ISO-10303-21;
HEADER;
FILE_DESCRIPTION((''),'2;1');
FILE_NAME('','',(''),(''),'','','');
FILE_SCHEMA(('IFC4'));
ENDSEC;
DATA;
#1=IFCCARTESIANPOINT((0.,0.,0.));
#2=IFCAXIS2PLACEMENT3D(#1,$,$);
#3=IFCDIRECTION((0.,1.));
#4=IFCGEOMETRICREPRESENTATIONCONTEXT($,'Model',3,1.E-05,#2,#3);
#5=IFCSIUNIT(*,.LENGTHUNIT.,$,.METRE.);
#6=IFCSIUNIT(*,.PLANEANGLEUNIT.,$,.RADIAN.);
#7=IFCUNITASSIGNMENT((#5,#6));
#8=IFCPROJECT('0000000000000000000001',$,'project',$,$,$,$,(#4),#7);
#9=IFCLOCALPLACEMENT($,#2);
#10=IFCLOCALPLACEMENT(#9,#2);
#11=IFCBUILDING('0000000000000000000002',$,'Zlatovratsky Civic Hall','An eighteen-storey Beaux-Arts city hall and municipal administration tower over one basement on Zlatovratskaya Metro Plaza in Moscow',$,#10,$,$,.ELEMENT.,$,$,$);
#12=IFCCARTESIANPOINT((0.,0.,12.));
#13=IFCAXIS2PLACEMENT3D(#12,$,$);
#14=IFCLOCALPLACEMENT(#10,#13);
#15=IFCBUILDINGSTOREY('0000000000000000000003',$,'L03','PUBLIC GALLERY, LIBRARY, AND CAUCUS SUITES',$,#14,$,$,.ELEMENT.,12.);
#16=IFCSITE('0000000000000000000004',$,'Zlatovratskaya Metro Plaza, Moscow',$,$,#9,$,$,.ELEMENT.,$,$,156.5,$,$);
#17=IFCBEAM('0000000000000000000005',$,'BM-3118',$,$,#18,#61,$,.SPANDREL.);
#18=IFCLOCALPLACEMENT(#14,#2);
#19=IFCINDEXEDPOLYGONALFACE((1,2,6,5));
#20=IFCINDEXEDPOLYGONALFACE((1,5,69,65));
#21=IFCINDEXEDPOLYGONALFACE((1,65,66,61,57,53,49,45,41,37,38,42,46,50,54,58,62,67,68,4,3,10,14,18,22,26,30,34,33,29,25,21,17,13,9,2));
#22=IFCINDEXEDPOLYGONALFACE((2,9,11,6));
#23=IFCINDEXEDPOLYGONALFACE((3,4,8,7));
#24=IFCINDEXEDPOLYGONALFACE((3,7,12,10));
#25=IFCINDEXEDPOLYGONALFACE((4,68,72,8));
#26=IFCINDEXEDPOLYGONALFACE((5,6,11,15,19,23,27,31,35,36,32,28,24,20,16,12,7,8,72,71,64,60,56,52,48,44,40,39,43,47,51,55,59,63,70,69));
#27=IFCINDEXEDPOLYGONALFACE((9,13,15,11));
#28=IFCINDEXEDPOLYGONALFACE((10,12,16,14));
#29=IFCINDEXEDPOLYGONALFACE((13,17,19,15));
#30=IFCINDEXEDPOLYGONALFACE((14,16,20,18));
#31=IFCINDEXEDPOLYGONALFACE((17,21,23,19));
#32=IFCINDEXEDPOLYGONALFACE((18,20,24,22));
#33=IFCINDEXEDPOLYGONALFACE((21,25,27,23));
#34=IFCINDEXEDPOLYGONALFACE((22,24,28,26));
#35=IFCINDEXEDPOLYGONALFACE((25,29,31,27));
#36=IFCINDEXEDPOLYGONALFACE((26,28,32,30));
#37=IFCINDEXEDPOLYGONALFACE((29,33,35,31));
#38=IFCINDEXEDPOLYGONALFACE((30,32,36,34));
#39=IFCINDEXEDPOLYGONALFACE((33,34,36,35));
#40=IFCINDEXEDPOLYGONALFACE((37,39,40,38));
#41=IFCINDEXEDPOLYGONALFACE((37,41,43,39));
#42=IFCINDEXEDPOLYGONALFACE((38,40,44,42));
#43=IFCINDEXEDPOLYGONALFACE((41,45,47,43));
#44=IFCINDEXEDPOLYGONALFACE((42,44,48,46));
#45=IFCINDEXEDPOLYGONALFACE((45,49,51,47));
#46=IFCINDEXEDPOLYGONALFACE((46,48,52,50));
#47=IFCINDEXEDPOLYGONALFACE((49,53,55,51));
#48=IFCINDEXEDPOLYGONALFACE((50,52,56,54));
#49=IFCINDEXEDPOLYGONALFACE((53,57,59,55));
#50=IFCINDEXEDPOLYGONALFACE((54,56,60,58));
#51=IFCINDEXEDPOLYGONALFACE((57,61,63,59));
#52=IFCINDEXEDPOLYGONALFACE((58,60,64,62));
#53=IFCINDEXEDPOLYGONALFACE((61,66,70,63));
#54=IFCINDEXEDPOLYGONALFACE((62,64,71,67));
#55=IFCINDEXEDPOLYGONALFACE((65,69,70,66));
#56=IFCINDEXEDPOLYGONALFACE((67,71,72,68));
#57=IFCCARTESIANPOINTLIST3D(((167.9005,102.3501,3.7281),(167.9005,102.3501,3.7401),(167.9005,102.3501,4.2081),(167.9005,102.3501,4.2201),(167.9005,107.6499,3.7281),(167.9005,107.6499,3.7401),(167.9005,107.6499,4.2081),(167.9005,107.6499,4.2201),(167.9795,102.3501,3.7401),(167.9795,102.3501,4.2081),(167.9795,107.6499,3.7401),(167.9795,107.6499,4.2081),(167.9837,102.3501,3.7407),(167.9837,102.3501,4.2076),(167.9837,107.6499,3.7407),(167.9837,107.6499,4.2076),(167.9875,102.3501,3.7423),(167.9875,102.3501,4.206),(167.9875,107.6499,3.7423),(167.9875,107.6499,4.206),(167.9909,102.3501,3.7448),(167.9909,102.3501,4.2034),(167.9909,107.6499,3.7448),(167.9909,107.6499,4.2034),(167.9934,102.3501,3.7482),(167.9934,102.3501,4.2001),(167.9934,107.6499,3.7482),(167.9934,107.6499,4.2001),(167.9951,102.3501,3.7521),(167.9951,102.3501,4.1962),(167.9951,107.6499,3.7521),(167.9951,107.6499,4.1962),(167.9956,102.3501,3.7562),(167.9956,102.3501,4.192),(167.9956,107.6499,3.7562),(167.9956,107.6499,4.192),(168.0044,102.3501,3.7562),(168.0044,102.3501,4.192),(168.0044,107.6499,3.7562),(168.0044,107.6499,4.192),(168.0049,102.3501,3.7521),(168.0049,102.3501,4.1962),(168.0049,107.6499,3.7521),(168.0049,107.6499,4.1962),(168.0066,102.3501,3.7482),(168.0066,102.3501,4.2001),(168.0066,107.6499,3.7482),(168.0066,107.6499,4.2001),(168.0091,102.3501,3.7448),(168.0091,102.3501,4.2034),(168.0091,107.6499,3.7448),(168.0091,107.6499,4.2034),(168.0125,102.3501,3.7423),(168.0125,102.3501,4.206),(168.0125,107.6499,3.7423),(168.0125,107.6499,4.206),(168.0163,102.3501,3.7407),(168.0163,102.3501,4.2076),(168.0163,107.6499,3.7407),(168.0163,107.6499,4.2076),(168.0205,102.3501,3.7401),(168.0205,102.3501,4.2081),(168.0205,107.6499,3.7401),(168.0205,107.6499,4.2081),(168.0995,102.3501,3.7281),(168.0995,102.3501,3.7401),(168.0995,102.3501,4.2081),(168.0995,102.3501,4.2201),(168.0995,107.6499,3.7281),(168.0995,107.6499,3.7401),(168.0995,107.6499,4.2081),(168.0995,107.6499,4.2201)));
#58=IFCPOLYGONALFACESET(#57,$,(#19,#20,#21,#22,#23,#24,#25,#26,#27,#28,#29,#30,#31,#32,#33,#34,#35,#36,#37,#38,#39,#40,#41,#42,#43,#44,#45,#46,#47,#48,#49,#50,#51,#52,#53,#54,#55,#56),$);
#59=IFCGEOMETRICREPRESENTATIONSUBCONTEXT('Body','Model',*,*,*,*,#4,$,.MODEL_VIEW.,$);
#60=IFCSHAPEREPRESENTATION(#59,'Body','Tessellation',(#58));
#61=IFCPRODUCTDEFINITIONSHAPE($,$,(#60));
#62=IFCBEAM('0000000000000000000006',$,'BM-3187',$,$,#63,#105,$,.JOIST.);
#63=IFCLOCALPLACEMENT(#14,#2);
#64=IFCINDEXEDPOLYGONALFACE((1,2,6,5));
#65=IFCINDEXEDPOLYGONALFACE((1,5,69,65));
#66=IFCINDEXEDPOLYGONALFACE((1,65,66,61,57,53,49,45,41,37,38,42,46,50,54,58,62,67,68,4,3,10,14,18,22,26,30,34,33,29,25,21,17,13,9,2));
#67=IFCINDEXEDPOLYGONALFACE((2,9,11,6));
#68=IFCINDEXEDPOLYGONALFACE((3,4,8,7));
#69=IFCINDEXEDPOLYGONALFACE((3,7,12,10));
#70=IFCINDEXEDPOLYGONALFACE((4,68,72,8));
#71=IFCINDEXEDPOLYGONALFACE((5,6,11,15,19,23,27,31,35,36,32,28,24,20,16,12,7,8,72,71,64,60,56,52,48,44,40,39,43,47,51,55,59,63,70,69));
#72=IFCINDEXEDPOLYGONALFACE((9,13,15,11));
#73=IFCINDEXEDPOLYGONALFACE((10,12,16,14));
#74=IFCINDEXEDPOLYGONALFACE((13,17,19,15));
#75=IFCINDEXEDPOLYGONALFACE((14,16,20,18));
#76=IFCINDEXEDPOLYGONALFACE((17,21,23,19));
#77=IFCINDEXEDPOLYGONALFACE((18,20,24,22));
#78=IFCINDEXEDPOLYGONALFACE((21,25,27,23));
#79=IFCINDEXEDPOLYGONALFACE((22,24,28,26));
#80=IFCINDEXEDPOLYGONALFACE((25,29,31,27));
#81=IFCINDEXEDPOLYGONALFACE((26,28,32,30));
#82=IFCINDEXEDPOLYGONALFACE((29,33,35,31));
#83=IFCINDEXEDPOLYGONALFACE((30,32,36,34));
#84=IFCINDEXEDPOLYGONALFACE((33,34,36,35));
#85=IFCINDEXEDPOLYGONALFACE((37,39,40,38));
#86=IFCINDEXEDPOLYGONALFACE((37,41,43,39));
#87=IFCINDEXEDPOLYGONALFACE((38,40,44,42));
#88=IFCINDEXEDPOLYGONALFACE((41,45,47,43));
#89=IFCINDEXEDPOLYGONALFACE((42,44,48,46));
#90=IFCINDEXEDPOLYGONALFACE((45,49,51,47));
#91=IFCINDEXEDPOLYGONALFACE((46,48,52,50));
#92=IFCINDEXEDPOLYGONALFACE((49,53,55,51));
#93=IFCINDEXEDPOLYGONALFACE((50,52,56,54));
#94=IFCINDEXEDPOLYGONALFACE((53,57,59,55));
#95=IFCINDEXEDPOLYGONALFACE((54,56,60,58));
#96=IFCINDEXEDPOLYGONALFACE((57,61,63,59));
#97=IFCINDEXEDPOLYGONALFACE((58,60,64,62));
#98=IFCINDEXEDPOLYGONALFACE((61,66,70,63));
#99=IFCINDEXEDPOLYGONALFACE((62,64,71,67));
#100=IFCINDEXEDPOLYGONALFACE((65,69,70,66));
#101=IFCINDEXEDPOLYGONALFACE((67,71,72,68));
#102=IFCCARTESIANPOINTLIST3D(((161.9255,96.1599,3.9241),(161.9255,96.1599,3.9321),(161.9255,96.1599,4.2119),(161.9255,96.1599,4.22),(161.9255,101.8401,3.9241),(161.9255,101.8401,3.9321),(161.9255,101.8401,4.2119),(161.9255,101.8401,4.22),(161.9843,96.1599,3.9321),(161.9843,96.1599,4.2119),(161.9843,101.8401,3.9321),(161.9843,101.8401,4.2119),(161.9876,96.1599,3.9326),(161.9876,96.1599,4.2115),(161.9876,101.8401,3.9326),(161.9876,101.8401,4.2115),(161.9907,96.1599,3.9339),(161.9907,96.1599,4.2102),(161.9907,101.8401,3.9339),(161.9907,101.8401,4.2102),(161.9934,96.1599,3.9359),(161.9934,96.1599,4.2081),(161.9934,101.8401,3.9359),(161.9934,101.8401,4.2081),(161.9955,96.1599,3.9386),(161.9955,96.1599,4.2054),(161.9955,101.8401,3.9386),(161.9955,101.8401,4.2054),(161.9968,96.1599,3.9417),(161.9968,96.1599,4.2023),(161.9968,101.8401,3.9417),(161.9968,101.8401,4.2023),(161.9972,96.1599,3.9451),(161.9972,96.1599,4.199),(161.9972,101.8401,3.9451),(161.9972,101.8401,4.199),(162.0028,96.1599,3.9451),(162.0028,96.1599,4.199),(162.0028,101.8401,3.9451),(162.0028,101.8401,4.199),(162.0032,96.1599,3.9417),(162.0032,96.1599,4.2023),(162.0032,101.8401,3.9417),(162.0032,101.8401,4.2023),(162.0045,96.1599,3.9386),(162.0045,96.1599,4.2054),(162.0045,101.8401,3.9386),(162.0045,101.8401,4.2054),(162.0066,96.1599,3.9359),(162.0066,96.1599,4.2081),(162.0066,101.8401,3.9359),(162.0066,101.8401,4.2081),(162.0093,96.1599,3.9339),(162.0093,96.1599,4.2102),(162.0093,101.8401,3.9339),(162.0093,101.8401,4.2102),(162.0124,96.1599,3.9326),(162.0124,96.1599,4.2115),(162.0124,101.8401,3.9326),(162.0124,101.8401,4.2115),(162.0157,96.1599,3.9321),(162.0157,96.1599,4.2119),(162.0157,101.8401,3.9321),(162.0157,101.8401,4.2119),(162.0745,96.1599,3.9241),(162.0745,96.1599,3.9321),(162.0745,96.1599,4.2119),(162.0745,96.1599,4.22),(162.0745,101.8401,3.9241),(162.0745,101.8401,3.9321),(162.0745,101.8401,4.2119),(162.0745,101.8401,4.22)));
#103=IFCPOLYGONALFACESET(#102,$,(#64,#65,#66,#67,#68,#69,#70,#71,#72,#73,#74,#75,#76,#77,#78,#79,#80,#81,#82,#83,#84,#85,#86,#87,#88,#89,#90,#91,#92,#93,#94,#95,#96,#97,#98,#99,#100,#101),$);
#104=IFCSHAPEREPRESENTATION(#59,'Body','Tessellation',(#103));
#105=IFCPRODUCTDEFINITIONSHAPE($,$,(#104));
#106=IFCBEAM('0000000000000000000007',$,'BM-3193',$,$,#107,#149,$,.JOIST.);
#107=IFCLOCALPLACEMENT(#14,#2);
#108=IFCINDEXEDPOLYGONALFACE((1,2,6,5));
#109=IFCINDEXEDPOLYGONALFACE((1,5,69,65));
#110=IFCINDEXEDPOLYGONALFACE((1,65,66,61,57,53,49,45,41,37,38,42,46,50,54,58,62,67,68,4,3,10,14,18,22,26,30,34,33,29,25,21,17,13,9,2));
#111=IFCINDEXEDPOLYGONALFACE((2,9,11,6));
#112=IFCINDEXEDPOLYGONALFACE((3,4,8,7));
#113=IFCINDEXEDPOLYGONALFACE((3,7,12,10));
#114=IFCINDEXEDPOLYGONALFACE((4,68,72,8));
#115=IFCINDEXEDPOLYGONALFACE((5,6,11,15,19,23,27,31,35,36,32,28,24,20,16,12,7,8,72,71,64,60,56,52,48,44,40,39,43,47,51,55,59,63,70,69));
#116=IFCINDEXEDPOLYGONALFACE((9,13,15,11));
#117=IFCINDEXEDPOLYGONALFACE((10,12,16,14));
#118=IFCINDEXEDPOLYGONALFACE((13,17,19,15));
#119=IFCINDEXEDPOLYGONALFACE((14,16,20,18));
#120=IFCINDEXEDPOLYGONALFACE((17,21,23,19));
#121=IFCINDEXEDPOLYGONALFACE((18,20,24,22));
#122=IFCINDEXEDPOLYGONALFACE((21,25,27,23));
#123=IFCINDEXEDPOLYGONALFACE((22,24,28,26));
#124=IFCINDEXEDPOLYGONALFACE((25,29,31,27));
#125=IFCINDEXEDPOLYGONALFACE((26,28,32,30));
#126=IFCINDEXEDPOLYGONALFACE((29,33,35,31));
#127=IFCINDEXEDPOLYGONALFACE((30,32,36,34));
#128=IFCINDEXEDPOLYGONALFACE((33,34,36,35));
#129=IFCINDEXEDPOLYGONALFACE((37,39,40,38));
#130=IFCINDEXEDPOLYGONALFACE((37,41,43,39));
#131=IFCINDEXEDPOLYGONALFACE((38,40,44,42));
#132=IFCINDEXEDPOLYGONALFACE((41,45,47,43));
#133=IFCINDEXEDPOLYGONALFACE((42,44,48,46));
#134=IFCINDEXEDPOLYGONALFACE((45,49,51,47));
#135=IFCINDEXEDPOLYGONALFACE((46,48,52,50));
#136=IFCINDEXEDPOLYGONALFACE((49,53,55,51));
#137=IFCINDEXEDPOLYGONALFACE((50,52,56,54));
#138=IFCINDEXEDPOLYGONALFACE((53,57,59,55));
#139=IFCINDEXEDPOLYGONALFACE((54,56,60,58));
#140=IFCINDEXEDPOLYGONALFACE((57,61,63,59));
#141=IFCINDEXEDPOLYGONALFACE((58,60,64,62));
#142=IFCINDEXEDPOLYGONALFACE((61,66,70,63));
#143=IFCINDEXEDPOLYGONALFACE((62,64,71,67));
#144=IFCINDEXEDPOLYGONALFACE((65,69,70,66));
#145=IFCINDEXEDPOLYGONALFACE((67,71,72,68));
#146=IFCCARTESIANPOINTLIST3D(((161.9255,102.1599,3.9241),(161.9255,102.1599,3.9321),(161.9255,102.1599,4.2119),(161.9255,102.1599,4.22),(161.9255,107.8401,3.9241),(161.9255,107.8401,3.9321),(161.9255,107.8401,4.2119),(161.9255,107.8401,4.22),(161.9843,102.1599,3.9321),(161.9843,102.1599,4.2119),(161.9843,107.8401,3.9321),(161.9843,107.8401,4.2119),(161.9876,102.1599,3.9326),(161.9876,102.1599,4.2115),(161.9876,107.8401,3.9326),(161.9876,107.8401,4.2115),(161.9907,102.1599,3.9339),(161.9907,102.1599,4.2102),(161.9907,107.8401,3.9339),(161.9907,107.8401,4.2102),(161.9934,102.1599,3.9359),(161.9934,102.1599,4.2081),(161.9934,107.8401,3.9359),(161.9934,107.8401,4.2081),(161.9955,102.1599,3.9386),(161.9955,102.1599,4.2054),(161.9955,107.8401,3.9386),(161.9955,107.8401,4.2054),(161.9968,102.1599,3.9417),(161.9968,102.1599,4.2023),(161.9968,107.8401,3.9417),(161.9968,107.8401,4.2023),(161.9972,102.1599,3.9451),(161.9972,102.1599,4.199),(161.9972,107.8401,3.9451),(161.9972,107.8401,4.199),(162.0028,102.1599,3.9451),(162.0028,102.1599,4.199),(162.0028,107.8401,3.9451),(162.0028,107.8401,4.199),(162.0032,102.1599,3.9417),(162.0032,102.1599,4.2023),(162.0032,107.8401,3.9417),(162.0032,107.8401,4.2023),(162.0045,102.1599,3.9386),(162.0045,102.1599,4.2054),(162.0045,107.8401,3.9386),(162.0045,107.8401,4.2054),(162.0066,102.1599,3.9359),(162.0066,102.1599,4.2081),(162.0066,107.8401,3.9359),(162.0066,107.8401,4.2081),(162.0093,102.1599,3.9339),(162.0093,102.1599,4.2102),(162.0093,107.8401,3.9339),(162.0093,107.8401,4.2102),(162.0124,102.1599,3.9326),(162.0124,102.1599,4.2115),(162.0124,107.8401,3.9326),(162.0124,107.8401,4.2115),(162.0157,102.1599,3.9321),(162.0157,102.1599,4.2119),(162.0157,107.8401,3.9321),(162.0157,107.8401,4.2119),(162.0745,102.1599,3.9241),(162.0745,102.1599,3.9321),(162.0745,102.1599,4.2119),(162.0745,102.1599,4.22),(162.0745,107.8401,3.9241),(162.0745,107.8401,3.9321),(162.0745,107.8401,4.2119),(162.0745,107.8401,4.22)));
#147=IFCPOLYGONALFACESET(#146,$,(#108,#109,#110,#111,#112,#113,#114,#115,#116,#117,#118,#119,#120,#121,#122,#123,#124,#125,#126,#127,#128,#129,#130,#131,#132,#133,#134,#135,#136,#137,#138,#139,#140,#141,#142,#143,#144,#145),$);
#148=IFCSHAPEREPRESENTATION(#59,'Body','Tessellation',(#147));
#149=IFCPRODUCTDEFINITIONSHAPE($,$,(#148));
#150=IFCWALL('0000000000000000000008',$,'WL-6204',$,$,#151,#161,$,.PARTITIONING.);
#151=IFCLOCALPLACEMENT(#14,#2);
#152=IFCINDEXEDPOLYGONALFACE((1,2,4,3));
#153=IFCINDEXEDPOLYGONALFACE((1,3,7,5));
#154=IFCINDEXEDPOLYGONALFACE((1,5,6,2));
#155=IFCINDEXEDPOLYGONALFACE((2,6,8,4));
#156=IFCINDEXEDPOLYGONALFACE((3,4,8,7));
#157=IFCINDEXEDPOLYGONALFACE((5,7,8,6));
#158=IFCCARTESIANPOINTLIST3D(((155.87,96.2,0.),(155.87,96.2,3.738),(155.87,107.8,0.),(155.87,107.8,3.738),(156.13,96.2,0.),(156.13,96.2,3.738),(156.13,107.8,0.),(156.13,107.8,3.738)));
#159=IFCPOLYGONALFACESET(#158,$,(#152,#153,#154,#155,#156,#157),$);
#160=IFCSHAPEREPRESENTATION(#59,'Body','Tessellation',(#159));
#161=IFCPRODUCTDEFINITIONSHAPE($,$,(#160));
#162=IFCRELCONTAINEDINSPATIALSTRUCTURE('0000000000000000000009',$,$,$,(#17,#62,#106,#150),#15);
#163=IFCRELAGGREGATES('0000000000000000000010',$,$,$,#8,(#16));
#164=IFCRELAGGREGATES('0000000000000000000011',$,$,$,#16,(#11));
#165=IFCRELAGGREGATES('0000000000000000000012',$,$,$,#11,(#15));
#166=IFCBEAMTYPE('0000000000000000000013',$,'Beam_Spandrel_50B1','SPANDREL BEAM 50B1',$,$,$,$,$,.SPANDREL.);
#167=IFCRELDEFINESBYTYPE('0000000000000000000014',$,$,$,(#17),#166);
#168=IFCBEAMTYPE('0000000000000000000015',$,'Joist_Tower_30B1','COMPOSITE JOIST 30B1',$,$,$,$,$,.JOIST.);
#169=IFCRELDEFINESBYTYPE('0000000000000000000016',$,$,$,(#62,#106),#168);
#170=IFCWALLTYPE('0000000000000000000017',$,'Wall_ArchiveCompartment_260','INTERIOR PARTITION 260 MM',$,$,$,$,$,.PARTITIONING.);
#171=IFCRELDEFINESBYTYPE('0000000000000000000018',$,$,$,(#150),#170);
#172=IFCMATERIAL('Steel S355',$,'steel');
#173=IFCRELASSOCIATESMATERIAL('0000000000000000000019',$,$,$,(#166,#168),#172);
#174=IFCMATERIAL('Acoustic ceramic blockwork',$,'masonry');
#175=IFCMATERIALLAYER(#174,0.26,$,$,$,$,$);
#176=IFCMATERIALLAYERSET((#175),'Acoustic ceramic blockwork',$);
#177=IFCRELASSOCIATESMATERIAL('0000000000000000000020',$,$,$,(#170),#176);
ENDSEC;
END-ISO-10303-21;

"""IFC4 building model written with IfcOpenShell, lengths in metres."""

from ifc_helpers import new_model, si_unit, direction, frame, frame_2d, origin, origin_2d, place, context, subcontext, project, spatial, rectangle, i_section, extrude, material, layer, layer_set, material_profile, profile_set, type_object, element, save


model = new_model("IFC4")

# Units and contexts
model_context = context("Model", 3, precision=1e-05, world=origin(), true_north=direction((0.0, 1.0)))
body_context = subcontext(model_context, "Body", "Model", "MODEL_VIEW")
ifc_project = project(units=[si_unit("LENGTHUNIT", "METRE"), si_unit("PLANEANGLEUNIT", "RADIAN")], contexts=[model_context])

# Site, building, storey
site_placement = place(None, origin())
site = spatial("IfcSite", under=ifc_project, at=site_placement, Name="Zlatovratskaya Metro Plaza, Moscow", CompositionType="ELEMENT", RefElevation=156.5)
building_placement = place(site_placement, origin())
building = spatial("IfcBuilding", under=site, at=building_placement, Name="Zlatovratsky Civic Hall", Description="An eighteen-storey Beaux-Arts city hall and municipal administration tower over one basement on Zlatovratskaya Metro Plaza in Moscow", CompositionType="ELEMENT")
storey_placement = place(building_placement, frame((0.0, 0.0, 12.0)))
storey = spatial("IfcBuildingStorey", under=building, at=storey_placement, Name="L03", Description="PUBLIC GALLERY, LIBRARY, AND CAUCUS SUITES", CompositionType="ELEMENT", Elevation=12.0)

# Shared definitions
ifc_material_1 = material(Name="Steel S355", Category="steel")

# Beams
ifc_material_profile_1 = material_profile(ifc_material_1, i_section(OverallWidth=0.199, OverallDepth=0.4919, WebThickness=0.0088, FlangeThickness=0.012, FilletRadius=0.0161, at=origin_2d()), Name="50B1")
ifc_profile_set_1 = profile_set([ifc_material_profile_1], Name="Steel S355")
beam_type_1 = type_object("IfcBeamType", Name="Beam_Spandrel_50B1", Description="SPANDREL BEAM 50B1", PredefinedType="SPANDREL", material=ifc_profile_set_1)
for number, where, z_axis, x_axis, name in (
    (1, (168.0, 102.3501, 3.9741), (0.0, 1.0, 0.0), (-1.0, 0.0, 0.0), "BM-3118"),
):
    element("IfcBeam", number, at=place(storey_placement, frame(where, z_axis=z_axis, x_axis=x_axis)), inside=storey, type_object=beam_type_1, Name=name, PredefinedType="SPANDREL", context=body_context, shape_type="SweptSolid", body=[
        extrude(i_section(OverallWidth=0.199, OverallDepth=0.4919, WebThickness=0.0088, FlangeThickness=0.012, FilletRadius=0.0161, at=origin_2d()), origin(), (0.0, 0.0, 1.0), 5.2998),
    ])
ifc_material_profile_2 = material_profile(ifc_material_1, i_section(OverallWidth=0.1489, OverallDepth=0.2959, WebThickness=0.0056, FlangeThickness=0.0081, FilletRadius=0.0129, at=origin_2d()), Name="30B1")
ifc_profile_set_2 = profile_set([ifc_material_profile_2], Name="Steel S355")
beam_type_2 = type_object("IfcBeamType", Name="Joist_Tower_30B1", Description="COMPOSITE JOIST 30B1", PredefinedType="JOIST", material=ifc_profile_set_2)
for number, where, z_axis, x_axis, name in (
    (2, (162.0, 96.1599, 4.072), (0.0, 1.0, 0.0), (-1.0, 0.0, 0.0), "BM-3187"),
    (3, (162.0, 102.1599, 4.072), (0.0, 1.0, 0.0), (-1.0, 0.0, 0.0), "BM-3193"),
):
    element("IfcBeam", number, at=place(storey_placement, frame(where, z_axis=z_axis, x_axis=x_axis)), inside=storey, type_object=beam_type_2, Name=name, PredefinedType="JOIST", context=body_context, shape_type="SweptSolid", body=[
        extrude(i_section(OverallWidth=0.1489, OverallDepth=0.2959, WebThickness=0.0056, FlangeThickness=0.0081, FilletRadius=0.0129, at=origin_2d()), origin(), (0.0, 0.0, 1.0), 5.6802),
    ])

# Wall
ifc_material_2 = material(Name="Acoustic ceramic blockwork", Category="masonry")
ifc_layer_1 = layer(ifc_material_2, 0.26)
ifc_layer_set_1 = layer_set([ifc_layer_1], Name="Acoustic ceramic blockwork")
wall_type_1 = type_object("IfcWallType", Name="Wall_ArchiveCompartment_260", Description="INTERIOR PARTITION 260 MM", PredefinedType="PARTITIONING", material=ifc_layer_set_1)
wall_1_placement = place(storey_placement, frame((156.0, 96.2, 0.0), z_axis=(0.0, 0.0, 1.0), x_axis=(0.0, 1.0, 0.0)))
element("IfcWall", 4, at=wall_1_placement, inside=storey, type_object=wall_type_1, Name="WL-6204", PredefinedType="PARTITIONING", context=body_context, shape_type="SweptSolid", body=[
    extrude(rectangle(XDim=11.6001, YDim=0.26, at=frame_2d((5.8, 0.0))), origin(), (0.0, 0.0, 1.0), 3.738),
])

save(model, "model.ifc")
